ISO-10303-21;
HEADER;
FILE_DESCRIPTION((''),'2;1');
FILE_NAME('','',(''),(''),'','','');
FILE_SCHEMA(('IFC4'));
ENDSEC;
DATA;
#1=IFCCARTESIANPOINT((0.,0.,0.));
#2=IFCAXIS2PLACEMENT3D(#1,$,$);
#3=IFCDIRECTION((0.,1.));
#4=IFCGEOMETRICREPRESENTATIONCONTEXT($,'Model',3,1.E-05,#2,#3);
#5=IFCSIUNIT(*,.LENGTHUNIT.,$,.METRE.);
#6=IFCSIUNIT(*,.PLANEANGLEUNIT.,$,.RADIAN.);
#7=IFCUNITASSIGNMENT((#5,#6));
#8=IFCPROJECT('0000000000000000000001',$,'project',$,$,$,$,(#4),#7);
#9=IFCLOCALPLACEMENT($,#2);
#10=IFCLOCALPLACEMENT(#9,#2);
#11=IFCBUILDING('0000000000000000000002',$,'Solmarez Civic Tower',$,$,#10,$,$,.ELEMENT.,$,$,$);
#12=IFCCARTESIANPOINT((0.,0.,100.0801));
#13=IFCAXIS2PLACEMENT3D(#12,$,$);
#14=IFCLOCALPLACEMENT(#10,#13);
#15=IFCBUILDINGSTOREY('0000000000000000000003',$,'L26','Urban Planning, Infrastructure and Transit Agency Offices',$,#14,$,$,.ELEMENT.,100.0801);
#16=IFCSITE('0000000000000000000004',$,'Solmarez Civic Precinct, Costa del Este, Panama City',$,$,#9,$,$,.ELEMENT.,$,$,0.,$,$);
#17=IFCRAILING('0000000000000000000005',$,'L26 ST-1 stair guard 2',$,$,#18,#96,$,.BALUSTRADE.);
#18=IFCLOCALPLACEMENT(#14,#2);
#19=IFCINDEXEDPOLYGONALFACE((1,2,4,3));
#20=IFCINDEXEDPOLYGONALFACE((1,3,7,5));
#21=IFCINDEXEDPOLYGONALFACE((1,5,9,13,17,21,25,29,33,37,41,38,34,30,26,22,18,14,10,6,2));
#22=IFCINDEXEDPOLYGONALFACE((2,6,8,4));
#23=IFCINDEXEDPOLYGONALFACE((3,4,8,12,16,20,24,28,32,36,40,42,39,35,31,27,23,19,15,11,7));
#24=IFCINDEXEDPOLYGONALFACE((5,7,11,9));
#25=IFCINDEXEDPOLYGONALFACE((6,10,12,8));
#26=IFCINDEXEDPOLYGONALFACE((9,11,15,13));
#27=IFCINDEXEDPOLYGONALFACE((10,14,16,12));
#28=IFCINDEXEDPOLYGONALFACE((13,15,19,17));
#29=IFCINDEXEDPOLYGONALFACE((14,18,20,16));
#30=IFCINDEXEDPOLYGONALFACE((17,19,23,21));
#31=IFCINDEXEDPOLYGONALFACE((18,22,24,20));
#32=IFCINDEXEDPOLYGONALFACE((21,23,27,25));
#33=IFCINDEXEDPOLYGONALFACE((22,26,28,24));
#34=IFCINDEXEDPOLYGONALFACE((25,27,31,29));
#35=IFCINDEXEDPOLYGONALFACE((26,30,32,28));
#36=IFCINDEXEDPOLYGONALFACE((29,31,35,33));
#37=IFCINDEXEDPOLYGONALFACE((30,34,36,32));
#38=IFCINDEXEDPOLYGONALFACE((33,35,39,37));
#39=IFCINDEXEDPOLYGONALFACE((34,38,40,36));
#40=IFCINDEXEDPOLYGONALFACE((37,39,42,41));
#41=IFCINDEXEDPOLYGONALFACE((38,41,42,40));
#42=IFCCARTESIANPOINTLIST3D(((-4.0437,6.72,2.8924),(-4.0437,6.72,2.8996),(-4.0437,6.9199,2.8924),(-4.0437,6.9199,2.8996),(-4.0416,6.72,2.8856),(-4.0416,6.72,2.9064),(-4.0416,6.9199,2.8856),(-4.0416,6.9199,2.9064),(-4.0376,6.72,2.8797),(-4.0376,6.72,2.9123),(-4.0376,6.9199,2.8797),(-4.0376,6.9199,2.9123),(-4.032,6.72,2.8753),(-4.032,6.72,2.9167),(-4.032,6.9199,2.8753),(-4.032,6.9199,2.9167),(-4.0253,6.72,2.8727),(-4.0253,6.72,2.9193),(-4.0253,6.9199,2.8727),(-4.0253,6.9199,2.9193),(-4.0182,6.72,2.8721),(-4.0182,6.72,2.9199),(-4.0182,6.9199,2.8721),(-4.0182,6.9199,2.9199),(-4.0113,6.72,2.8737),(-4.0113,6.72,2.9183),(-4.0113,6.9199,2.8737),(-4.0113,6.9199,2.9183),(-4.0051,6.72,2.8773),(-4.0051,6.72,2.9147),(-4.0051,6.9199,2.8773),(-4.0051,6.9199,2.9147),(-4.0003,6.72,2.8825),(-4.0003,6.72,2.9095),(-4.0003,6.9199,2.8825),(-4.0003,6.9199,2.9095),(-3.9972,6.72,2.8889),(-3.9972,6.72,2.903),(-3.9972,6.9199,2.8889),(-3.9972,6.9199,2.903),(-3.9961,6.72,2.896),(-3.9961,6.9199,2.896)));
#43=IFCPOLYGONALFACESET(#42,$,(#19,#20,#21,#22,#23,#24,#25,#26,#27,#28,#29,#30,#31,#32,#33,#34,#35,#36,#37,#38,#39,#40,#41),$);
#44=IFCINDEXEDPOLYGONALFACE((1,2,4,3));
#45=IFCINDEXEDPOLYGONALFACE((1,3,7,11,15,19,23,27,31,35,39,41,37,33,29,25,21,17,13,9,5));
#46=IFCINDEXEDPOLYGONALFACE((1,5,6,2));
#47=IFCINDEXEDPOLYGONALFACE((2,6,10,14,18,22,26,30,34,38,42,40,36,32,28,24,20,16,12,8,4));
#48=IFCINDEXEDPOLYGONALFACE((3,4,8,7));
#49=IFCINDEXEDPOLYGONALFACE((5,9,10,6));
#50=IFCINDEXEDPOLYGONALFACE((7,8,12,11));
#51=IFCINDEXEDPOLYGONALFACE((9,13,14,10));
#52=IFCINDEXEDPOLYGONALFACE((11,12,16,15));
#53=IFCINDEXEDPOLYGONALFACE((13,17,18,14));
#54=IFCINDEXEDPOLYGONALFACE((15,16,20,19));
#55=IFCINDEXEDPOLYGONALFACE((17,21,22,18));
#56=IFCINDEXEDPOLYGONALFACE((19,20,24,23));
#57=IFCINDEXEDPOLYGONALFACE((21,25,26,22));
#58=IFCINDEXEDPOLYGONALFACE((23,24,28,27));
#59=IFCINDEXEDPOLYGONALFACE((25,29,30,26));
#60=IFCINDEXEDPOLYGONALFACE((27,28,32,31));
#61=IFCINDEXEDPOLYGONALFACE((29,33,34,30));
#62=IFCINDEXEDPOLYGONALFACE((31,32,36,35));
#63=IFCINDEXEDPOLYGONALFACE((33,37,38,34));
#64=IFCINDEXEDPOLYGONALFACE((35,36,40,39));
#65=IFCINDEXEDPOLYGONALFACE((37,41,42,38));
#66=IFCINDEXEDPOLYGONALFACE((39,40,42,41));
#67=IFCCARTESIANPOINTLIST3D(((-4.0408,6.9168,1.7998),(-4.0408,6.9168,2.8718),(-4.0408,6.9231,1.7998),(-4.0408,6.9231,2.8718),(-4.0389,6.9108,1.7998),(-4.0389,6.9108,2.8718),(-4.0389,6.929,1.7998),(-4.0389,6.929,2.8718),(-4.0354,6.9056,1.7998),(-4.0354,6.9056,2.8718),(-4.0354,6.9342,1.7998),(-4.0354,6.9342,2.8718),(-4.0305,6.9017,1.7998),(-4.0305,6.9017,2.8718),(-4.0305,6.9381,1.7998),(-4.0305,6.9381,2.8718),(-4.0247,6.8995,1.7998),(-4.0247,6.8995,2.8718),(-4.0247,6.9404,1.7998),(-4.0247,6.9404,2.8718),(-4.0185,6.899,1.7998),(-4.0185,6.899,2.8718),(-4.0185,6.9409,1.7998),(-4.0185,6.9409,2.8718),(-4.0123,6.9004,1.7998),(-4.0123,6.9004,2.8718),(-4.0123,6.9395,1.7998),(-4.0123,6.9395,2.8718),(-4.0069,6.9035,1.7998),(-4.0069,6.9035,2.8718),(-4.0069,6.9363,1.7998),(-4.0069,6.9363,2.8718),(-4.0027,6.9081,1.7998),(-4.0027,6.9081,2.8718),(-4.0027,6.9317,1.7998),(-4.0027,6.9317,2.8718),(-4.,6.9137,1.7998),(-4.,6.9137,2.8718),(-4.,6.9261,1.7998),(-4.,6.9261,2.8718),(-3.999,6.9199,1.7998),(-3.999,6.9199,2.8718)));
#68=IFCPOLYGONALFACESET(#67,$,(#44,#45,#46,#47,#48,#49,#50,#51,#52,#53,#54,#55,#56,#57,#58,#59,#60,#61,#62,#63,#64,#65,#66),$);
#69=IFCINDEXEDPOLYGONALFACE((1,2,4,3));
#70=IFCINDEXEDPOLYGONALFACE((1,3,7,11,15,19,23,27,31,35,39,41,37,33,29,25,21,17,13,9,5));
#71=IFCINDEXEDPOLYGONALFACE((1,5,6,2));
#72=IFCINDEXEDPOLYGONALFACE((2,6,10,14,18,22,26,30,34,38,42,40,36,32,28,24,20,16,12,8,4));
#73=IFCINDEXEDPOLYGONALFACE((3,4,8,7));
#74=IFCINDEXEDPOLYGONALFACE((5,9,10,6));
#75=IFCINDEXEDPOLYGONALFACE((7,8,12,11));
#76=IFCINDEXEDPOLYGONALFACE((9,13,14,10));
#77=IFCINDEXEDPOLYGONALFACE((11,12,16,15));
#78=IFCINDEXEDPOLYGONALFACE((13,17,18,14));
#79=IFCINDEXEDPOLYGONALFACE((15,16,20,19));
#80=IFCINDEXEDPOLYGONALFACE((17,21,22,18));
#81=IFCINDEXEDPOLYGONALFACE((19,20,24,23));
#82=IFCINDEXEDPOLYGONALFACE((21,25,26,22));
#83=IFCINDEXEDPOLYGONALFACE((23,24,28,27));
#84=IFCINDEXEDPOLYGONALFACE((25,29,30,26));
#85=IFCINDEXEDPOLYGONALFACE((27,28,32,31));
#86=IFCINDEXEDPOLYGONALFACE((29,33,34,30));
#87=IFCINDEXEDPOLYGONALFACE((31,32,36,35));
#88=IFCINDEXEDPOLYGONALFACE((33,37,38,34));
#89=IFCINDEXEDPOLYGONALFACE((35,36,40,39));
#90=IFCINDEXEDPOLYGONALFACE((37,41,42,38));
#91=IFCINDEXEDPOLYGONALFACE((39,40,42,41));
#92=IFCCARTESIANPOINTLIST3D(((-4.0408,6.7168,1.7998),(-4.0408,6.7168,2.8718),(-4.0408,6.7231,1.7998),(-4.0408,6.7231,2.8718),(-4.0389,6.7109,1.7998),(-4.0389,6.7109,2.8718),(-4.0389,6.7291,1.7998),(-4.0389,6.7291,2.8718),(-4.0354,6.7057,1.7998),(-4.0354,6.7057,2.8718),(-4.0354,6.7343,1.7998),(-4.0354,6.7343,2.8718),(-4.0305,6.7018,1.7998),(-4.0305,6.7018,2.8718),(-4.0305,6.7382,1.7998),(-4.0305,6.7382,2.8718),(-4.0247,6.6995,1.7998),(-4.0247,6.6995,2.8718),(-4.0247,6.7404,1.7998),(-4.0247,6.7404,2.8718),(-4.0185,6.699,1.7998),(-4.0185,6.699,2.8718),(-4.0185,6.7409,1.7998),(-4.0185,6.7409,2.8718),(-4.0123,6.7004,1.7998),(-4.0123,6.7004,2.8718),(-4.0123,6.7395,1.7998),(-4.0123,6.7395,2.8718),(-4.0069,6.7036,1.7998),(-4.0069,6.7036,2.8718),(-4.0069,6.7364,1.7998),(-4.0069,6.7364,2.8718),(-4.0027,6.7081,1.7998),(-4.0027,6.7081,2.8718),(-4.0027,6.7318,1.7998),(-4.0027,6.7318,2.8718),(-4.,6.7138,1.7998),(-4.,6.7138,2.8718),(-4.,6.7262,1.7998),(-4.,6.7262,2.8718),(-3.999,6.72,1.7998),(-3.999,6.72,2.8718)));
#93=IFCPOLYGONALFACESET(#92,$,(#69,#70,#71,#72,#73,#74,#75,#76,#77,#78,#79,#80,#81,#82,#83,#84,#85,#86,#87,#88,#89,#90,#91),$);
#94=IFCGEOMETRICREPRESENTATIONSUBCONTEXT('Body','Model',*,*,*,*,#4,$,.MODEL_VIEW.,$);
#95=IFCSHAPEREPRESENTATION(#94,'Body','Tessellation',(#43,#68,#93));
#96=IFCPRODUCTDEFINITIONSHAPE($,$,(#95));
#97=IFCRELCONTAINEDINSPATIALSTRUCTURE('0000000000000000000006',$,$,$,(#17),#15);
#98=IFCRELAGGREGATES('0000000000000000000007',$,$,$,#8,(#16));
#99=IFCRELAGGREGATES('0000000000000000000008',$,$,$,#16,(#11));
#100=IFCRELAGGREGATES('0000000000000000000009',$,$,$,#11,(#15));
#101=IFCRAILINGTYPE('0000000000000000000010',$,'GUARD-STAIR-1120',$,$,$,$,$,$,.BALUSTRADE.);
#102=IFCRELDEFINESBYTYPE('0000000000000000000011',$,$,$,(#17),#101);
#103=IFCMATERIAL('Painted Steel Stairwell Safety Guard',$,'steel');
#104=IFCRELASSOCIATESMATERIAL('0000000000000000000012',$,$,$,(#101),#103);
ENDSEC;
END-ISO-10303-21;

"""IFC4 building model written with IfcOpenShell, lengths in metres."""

from ifc_helpers import new_model, si_unit, direction, frame, origin, origin_2d, place, context, subcontext, project, spatial, circle, extrude, material, type_object, element, save


model = new_model("IFC4")

# Units and contexts
model_context = context("Model", 3, precision=1e-05, world=origin(), true_north=direction((0.0, 1.0)))
body_context = subcontext(model_context, "Body", "Model", "MODEL_VIEW")
ifc_project = project(units=[si_unit("LENGTHUNIT", "METRE"), si_unit("PLANEANGLEUNIT", "RADIAN")], contexts=[model_context])

# Site, building, storey
site_placement = place(None, origin())
site = spatial("IfcSite", under=ifc_project, at=site_placement, Name="Solmarez Civic Precinct, Costa del Este, Panama City", CompositionType="ELEMENT", RefElevation=0.0)
building_placement = place(site_placement, origin())
building = spatial("IfcBuilding", under=site, at=building_placement, Name="Solmarez Civic Tower", CompositionType="ELEMENT")
storey_placement = place(building_placement, frame((0.0, 0.0, 100.0801)))
storey = spatial("IfcBuildingStorey", under=building, at=storey_placement, Name="L26", Description="Urban Planning, Infrastructure and Transit Agency Offices", CompositionType="ELEMENT", Elevation=100.0801)

# Railing
ifc_material_1 = material(Name="Painted Steel Stairwell Safety Guard", Category="steel")
railing_type_1 = type_object("IfcRailingType", Name="GUARD-STAIR-1120", PredefinedType="BALUSTRADE", material=ifc_material_1)
railing_1_placement = place(storey_placement, frame((-4.02, 6.9199, 1.7998)))
element("IfcRailing", 1, at=railing_1_placement, inside=storey, type_object=railing_type_1, Name="L26 ST-1 stair guard 2", PredefinedType="BALUSTRADE", context=body_context, shape_type="SweptSolid", body=[
    extrude(circle(Radius=0.0239, at=origin_2d()), frame((0.0, 0.0, 1.0962), z_axis=(0.0, -1.0, 0.0), x_axis=(1.0, 0.0, 0.0)), (0.0, 0.0, 1.0), 0.2),
    extrude(circle(Radius=0.021, at=origin_2d()), origin(), (0.0, 0.0, 1.0), 1.072),
    extrude(circle(Radius=0.021, at=origin_2d()), frame((0.0, -0.2, 0.0)), (0.0, 0.0, 1.0), 1.072),
])

save(model, "model.ifc")
